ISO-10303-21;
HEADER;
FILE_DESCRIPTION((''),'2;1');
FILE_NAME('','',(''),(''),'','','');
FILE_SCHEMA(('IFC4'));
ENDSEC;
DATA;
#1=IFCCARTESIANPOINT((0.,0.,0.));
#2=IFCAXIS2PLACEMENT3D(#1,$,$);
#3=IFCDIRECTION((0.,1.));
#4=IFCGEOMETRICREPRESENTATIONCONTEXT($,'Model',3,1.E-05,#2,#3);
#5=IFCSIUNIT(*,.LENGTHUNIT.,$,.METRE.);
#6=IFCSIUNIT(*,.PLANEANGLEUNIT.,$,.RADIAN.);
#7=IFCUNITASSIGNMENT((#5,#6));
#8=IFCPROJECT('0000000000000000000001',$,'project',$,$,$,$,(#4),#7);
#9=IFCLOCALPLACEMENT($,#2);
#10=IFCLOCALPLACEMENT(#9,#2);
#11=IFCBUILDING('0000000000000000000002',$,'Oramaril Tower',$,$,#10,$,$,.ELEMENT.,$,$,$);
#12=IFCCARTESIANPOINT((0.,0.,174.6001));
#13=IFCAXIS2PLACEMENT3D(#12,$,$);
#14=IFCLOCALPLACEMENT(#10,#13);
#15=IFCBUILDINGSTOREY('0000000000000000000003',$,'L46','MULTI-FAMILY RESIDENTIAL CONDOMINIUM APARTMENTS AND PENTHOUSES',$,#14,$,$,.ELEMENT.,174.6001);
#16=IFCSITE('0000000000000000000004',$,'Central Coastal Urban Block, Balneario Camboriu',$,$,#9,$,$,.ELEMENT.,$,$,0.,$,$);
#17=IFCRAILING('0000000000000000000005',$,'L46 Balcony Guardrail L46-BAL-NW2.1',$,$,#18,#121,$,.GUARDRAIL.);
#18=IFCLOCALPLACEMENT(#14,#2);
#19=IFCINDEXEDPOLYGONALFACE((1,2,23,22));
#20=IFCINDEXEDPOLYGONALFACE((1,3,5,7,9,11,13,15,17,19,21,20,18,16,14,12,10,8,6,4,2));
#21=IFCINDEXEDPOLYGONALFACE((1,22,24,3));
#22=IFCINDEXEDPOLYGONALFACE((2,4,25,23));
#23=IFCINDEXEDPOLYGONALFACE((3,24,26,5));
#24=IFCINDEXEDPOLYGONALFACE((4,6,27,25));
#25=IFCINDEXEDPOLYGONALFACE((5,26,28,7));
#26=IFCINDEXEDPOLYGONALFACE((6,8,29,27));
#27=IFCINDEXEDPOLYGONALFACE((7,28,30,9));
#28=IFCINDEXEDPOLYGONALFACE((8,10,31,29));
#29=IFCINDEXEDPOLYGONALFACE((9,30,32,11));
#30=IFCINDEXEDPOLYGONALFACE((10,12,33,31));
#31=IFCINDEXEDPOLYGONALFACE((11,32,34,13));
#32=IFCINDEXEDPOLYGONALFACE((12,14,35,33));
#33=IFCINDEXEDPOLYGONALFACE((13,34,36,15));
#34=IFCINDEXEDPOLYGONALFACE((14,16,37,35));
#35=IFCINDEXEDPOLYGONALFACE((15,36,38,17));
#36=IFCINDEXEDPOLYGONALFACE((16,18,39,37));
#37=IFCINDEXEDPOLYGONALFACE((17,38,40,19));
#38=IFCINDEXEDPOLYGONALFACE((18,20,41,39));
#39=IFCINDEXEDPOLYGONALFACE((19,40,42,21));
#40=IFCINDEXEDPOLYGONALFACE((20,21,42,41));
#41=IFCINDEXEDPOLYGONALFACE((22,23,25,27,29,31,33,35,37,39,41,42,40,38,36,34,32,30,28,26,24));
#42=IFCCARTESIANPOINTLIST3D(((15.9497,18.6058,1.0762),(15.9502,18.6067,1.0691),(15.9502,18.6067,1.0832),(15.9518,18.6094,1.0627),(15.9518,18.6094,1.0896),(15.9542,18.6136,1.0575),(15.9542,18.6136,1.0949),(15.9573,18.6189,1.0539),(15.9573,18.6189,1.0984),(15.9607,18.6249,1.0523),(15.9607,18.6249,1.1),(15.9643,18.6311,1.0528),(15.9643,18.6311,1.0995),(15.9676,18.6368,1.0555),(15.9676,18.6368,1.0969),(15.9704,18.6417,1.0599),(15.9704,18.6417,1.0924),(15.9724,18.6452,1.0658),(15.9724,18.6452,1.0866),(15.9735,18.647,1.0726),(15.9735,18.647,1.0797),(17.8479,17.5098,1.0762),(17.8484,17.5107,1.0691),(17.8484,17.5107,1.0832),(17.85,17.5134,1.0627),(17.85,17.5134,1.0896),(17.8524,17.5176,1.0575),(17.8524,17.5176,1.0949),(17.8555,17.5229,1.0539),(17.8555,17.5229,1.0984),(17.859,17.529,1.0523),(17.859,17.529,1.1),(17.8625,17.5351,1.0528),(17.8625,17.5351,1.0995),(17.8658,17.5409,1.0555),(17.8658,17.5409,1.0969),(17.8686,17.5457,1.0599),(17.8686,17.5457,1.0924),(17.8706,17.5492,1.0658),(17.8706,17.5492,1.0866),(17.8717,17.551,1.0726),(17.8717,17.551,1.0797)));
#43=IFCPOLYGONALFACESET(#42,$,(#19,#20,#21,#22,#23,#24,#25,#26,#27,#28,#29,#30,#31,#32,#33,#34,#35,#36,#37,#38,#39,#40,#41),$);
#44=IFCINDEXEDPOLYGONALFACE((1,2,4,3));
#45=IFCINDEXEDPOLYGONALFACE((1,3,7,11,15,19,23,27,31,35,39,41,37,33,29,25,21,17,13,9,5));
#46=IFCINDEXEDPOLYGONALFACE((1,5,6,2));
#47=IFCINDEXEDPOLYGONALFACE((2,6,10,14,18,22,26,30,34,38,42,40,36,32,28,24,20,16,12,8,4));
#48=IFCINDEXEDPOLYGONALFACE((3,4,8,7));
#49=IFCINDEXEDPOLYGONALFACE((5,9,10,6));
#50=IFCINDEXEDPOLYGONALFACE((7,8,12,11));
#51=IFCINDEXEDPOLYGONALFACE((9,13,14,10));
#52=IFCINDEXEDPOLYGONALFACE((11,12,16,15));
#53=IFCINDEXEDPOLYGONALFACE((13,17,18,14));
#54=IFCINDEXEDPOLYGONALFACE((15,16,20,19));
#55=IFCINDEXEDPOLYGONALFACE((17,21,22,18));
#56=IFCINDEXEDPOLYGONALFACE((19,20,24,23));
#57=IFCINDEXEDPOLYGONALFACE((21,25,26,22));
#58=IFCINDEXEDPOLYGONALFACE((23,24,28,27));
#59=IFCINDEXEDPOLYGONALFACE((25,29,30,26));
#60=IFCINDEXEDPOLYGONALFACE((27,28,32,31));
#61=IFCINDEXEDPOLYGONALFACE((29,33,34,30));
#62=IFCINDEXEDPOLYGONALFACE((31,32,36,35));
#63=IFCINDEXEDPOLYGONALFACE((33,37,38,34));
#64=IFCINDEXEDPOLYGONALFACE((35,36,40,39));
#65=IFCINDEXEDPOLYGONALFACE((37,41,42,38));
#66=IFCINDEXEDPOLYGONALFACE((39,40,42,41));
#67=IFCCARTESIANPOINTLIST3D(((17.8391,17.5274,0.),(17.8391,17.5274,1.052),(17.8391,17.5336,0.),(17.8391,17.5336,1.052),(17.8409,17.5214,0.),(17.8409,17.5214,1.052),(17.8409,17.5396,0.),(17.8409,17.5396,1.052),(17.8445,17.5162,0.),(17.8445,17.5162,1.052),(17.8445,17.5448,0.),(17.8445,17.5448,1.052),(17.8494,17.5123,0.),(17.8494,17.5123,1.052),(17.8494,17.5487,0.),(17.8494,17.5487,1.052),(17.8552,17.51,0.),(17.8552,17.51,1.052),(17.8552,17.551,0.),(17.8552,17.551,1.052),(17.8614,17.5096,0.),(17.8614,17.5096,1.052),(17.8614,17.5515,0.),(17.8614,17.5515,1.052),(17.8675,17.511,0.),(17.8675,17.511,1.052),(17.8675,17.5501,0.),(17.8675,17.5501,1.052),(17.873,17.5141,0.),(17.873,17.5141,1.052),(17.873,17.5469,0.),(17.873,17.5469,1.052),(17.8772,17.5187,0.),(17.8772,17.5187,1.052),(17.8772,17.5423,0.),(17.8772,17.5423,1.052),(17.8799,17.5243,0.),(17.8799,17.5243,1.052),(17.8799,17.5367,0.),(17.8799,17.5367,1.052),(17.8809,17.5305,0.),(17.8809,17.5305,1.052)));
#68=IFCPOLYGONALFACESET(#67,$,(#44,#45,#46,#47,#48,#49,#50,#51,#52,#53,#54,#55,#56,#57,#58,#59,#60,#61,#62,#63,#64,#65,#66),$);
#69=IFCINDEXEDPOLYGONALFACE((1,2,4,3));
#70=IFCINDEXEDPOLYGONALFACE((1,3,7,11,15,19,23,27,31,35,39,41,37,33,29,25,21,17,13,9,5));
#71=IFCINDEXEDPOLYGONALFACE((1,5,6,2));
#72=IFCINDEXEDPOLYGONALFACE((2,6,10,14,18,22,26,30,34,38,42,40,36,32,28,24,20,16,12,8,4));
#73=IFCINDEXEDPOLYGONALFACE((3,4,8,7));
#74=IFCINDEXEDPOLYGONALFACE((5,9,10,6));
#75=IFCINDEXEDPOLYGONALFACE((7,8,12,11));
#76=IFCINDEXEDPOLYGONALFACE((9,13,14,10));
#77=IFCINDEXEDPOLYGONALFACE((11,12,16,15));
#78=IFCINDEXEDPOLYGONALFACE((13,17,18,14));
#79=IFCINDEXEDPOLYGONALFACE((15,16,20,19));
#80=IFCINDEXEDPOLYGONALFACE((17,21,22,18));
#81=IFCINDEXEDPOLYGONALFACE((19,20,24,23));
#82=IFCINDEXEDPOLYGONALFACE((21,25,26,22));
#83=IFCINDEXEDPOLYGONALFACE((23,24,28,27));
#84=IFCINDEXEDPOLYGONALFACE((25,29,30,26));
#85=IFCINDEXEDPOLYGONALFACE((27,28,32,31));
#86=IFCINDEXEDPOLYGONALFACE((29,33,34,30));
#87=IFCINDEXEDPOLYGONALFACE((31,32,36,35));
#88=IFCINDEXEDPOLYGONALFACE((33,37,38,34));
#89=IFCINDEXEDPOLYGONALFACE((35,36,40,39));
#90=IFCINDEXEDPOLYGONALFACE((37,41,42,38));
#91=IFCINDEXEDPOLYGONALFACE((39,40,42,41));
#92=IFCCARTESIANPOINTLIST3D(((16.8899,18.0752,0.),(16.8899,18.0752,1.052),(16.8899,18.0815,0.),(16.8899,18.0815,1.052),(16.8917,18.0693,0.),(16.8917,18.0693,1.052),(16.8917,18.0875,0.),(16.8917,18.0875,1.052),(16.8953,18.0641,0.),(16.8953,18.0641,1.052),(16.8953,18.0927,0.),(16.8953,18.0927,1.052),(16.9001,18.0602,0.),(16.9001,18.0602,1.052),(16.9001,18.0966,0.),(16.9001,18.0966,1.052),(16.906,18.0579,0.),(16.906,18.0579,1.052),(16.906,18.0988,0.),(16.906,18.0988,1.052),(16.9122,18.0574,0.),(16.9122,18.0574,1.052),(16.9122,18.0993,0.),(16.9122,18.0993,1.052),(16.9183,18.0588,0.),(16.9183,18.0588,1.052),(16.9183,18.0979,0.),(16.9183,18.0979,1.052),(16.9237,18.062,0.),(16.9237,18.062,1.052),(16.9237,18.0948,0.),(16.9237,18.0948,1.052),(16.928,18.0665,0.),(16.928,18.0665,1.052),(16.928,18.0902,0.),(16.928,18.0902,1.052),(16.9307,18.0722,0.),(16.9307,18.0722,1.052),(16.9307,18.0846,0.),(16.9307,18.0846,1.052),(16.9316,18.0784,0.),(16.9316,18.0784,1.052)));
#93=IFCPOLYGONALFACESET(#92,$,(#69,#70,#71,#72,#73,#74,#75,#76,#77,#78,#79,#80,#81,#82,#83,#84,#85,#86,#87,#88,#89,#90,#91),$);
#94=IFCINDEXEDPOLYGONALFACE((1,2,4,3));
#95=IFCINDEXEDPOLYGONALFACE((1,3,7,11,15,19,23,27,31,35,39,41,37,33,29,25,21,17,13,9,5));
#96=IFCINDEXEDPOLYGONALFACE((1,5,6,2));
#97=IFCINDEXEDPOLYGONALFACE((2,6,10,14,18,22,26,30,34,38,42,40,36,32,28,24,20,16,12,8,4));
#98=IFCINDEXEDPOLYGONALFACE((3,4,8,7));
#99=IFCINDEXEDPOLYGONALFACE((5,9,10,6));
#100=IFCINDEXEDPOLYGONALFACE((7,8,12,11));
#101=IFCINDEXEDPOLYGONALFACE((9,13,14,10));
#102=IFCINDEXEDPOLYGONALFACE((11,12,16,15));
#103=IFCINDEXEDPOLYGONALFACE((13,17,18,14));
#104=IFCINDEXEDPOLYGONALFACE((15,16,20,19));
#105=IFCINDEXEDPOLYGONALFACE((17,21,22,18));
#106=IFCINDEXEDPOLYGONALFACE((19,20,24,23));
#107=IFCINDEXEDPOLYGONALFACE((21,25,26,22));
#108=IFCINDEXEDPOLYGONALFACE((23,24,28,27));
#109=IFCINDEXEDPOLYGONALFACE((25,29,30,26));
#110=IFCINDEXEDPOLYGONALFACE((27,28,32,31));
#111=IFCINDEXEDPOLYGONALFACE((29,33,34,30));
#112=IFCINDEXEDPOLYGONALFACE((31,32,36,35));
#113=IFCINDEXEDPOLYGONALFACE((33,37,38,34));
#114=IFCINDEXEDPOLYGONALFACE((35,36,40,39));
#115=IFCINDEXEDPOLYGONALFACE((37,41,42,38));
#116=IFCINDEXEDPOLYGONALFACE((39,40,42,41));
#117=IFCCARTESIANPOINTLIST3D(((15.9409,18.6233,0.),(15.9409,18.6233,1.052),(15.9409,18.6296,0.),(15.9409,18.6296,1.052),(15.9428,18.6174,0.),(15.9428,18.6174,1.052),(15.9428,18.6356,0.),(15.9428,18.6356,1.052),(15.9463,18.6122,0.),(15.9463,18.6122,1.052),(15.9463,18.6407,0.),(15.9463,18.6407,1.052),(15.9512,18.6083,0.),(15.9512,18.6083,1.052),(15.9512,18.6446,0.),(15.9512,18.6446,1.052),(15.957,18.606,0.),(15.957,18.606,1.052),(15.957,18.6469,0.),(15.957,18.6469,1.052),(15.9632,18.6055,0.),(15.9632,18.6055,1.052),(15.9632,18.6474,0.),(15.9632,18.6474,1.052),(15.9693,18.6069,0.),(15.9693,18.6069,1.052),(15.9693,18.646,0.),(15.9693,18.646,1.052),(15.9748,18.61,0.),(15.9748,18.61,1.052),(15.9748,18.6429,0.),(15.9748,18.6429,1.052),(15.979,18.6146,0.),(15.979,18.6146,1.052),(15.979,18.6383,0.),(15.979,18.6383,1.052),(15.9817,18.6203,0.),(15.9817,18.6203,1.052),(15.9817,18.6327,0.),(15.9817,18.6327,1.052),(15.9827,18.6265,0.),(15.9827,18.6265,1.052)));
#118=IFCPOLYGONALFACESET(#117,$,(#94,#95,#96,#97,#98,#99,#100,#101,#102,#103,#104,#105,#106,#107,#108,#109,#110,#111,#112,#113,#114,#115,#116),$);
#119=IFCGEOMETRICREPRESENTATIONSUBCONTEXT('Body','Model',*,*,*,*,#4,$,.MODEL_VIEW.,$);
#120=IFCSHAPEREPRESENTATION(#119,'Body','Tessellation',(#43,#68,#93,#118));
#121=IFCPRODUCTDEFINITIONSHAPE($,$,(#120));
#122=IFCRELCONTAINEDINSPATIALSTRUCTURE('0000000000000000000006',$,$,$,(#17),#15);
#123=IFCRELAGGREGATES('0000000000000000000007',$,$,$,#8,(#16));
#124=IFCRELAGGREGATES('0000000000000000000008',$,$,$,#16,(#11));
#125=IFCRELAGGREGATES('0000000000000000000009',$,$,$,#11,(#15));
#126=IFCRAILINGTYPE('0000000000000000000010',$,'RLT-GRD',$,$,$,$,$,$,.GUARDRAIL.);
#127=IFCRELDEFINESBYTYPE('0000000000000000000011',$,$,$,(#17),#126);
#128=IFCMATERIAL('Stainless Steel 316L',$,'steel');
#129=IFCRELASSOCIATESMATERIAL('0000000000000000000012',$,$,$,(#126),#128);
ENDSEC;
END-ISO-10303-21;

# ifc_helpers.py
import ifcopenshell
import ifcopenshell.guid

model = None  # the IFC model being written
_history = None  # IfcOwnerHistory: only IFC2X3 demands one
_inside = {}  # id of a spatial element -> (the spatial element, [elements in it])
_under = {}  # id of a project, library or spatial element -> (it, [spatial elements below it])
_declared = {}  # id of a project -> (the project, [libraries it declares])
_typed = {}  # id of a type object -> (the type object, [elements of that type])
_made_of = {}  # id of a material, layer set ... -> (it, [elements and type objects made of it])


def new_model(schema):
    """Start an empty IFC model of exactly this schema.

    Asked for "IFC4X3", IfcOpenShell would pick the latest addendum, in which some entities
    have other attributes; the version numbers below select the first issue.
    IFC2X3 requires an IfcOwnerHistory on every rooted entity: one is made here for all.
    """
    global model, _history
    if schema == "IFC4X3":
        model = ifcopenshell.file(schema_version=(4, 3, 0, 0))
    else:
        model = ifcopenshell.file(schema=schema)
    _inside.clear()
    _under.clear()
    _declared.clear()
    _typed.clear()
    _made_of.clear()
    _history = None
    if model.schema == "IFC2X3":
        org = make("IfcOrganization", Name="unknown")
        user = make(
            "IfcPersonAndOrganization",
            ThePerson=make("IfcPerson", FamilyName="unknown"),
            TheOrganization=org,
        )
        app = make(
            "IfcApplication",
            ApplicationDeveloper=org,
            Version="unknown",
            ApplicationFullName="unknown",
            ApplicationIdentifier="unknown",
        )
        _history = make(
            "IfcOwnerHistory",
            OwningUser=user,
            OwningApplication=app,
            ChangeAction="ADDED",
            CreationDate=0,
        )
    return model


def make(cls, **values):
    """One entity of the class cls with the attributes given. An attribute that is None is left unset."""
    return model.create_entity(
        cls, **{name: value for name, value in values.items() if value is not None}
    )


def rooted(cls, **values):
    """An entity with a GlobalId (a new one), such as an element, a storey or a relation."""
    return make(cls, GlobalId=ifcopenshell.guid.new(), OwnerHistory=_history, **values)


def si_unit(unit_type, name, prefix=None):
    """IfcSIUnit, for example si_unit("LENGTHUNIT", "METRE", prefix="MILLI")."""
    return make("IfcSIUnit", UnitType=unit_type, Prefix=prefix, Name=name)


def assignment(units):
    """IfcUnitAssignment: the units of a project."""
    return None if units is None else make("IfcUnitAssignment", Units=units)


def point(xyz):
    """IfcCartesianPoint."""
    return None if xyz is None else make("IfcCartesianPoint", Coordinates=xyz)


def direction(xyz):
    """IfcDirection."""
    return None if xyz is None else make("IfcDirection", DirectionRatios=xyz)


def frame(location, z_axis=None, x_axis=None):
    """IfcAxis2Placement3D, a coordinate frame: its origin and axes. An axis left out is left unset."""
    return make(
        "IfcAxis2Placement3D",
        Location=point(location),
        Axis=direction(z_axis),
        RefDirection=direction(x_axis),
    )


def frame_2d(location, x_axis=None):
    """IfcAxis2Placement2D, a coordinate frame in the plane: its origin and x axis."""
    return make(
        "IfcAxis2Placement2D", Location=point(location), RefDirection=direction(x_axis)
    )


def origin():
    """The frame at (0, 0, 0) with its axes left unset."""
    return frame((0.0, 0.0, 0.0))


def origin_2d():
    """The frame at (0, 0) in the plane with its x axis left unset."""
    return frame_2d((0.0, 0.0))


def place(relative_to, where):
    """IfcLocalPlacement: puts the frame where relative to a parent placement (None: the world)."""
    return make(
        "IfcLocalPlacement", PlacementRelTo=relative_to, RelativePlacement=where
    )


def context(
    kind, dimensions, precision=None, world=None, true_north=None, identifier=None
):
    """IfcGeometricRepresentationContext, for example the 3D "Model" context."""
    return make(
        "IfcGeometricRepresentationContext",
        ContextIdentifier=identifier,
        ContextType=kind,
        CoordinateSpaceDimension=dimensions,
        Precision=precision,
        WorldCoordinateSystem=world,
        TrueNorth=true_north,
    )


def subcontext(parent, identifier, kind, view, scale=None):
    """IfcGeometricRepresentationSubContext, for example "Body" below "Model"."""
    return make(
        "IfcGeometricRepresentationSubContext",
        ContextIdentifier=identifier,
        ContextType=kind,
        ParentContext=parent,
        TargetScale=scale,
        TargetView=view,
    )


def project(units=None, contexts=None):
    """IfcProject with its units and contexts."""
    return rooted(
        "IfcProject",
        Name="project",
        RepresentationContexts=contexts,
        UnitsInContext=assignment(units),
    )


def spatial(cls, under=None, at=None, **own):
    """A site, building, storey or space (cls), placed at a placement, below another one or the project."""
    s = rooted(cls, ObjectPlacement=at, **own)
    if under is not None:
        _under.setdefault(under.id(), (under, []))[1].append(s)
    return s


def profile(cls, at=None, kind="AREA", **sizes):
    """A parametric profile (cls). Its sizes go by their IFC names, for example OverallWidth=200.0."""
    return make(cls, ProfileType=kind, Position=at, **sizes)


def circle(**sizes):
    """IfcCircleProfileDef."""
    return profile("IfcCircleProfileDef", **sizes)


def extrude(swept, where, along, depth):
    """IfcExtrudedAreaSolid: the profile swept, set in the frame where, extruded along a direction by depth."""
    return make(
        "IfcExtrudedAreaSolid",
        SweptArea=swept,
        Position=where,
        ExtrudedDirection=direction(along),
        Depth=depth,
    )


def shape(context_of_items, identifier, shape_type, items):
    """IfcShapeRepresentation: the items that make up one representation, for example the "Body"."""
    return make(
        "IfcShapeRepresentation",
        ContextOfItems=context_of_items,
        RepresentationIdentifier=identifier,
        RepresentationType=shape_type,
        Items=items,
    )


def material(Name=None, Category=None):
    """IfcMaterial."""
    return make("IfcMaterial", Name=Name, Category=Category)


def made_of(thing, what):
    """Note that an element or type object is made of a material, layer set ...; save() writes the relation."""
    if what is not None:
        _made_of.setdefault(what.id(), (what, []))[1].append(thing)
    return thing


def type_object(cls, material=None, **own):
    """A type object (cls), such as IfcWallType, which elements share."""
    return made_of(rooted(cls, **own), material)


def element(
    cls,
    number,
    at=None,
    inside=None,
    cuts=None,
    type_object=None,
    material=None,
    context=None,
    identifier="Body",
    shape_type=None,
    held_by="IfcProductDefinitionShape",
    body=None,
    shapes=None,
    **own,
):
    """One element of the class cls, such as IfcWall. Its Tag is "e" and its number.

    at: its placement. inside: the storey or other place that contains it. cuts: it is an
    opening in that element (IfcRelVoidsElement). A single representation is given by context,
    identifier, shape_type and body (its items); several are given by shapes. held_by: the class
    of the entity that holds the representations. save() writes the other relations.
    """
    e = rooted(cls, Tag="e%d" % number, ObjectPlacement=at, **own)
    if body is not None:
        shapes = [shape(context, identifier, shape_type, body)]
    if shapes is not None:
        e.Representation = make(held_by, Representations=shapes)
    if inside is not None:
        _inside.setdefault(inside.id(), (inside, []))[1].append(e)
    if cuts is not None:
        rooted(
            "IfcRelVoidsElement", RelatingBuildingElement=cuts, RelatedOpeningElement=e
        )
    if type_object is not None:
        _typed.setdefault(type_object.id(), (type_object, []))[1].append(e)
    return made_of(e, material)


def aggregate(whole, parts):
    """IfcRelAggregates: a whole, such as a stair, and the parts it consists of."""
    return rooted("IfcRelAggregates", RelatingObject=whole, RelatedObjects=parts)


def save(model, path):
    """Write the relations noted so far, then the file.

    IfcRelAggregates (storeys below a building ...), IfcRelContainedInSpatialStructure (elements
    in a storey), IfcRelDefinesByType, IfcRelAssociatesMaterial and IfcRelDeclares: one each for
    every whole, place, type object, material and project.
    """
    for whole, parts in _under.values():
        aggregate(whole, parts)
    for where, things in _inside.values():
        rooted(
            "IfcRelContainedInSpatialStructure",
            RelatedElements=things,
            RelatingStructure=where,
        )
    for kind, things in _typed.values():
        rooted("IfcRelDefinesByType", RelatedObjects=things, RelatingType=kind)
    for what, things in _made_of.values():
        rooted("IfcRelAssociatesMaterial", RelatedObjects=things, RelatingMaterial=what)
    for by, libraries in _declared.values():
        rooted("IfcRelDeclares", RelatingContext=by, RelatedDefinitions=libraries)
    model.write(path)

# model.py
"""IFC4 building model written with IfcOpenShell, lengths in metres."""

from ifc_helpers import new_model, si_unit, direction, frame, origin, origin_2d, place, context, subcontext, project, spatial, circle, extrude, material, type_object, element, save


model = new_model("IFC4")

# Units and contexts
model_context = context("Model", 3, precision=1e-05, world=origin(), true_north=direction((0.0, 1.0)))
body_context = subcontext(model_context, "Body", "Model", "MODEL_VIEW")
ifc_project = project(units=[si_unit("LENGTHUNIT", "METRE"), si_unit("PLANEANGLEUNIT", "RADIAN")], contexts=[model_context])

# Site, building, storey
site_placement = place(None, origin())
site = spatial("IfcSite", under=ifc_project, at=site_placement, Name="Central Coastal Urban Block, Balneario Camboriu", CompositionType="ELEMENT", RefElevation=0.0)
building_placement = place(site_placement, origin())
building = spatial("IfcBuilding", under=site, at=building_placement, Name="Oramaril Tower", CompositionType="ELEMENT")
storey_placement = place(building_placement, frame((0.0, 0.0, 174.6001)))
storey = spatial("IfcBuildingStorey", under=building, at=storey_placement, Name="L46", Description="MULTI-FAMILY RESIDENTIAL CONDOMINIUM APARTMENTS AND PENTHOUSES", CompositionType="ELEMENT", Elevation=174.6001)

# Railing
ifc_material_1 = material(Name="Stainless Steel 316L", Category="steel")
railing_type_1 = type_object("IfcRailingType", Name="RLT-GRD", PredefinedType="GUARDRAIL", material=ifc_material_1)
railing_1_placement = place(storey_placement, frame((17.8599, 17.5305, 0.0)))
element("IfcRailing", 1, at=railing_1_placement, inside=storey, type_object=railing_type_1, Name="L46 Balcony Guardrail L46-BAL-NW2.1", PredefinedType="GUARDRAIL", context=body_context, shape_type="SweptSolid", body=[
    extrude(circle(Radius=0.0239, at=origin_2d()), frame((0.0, 0.0, 1.0762), z_axis=(-0.866021, 0.500008, 0.0), x_axis=(-0.500008, -0.866021, 0.0)), (0.0, 0.0, 1.0), 2.1919),
    extrude(circle(Radius=0.021, at=origin_2d()), origin(), (0.0, 0.0, 1.0), 1.052),
    extrude(circle(Radius=0.021, at=origin_2d()), frame((-0.9492, 0.5479, 0.0)), (0.0, 0.0, 1.0), 1.052),
    extrude(circle(Radius=0.021, at=origin_2d()), frame((-1.8982, 1.0959, 0.0)), (0.0, 0.0, 1.0), 1.052),
])

save(model, "model.ifc")
